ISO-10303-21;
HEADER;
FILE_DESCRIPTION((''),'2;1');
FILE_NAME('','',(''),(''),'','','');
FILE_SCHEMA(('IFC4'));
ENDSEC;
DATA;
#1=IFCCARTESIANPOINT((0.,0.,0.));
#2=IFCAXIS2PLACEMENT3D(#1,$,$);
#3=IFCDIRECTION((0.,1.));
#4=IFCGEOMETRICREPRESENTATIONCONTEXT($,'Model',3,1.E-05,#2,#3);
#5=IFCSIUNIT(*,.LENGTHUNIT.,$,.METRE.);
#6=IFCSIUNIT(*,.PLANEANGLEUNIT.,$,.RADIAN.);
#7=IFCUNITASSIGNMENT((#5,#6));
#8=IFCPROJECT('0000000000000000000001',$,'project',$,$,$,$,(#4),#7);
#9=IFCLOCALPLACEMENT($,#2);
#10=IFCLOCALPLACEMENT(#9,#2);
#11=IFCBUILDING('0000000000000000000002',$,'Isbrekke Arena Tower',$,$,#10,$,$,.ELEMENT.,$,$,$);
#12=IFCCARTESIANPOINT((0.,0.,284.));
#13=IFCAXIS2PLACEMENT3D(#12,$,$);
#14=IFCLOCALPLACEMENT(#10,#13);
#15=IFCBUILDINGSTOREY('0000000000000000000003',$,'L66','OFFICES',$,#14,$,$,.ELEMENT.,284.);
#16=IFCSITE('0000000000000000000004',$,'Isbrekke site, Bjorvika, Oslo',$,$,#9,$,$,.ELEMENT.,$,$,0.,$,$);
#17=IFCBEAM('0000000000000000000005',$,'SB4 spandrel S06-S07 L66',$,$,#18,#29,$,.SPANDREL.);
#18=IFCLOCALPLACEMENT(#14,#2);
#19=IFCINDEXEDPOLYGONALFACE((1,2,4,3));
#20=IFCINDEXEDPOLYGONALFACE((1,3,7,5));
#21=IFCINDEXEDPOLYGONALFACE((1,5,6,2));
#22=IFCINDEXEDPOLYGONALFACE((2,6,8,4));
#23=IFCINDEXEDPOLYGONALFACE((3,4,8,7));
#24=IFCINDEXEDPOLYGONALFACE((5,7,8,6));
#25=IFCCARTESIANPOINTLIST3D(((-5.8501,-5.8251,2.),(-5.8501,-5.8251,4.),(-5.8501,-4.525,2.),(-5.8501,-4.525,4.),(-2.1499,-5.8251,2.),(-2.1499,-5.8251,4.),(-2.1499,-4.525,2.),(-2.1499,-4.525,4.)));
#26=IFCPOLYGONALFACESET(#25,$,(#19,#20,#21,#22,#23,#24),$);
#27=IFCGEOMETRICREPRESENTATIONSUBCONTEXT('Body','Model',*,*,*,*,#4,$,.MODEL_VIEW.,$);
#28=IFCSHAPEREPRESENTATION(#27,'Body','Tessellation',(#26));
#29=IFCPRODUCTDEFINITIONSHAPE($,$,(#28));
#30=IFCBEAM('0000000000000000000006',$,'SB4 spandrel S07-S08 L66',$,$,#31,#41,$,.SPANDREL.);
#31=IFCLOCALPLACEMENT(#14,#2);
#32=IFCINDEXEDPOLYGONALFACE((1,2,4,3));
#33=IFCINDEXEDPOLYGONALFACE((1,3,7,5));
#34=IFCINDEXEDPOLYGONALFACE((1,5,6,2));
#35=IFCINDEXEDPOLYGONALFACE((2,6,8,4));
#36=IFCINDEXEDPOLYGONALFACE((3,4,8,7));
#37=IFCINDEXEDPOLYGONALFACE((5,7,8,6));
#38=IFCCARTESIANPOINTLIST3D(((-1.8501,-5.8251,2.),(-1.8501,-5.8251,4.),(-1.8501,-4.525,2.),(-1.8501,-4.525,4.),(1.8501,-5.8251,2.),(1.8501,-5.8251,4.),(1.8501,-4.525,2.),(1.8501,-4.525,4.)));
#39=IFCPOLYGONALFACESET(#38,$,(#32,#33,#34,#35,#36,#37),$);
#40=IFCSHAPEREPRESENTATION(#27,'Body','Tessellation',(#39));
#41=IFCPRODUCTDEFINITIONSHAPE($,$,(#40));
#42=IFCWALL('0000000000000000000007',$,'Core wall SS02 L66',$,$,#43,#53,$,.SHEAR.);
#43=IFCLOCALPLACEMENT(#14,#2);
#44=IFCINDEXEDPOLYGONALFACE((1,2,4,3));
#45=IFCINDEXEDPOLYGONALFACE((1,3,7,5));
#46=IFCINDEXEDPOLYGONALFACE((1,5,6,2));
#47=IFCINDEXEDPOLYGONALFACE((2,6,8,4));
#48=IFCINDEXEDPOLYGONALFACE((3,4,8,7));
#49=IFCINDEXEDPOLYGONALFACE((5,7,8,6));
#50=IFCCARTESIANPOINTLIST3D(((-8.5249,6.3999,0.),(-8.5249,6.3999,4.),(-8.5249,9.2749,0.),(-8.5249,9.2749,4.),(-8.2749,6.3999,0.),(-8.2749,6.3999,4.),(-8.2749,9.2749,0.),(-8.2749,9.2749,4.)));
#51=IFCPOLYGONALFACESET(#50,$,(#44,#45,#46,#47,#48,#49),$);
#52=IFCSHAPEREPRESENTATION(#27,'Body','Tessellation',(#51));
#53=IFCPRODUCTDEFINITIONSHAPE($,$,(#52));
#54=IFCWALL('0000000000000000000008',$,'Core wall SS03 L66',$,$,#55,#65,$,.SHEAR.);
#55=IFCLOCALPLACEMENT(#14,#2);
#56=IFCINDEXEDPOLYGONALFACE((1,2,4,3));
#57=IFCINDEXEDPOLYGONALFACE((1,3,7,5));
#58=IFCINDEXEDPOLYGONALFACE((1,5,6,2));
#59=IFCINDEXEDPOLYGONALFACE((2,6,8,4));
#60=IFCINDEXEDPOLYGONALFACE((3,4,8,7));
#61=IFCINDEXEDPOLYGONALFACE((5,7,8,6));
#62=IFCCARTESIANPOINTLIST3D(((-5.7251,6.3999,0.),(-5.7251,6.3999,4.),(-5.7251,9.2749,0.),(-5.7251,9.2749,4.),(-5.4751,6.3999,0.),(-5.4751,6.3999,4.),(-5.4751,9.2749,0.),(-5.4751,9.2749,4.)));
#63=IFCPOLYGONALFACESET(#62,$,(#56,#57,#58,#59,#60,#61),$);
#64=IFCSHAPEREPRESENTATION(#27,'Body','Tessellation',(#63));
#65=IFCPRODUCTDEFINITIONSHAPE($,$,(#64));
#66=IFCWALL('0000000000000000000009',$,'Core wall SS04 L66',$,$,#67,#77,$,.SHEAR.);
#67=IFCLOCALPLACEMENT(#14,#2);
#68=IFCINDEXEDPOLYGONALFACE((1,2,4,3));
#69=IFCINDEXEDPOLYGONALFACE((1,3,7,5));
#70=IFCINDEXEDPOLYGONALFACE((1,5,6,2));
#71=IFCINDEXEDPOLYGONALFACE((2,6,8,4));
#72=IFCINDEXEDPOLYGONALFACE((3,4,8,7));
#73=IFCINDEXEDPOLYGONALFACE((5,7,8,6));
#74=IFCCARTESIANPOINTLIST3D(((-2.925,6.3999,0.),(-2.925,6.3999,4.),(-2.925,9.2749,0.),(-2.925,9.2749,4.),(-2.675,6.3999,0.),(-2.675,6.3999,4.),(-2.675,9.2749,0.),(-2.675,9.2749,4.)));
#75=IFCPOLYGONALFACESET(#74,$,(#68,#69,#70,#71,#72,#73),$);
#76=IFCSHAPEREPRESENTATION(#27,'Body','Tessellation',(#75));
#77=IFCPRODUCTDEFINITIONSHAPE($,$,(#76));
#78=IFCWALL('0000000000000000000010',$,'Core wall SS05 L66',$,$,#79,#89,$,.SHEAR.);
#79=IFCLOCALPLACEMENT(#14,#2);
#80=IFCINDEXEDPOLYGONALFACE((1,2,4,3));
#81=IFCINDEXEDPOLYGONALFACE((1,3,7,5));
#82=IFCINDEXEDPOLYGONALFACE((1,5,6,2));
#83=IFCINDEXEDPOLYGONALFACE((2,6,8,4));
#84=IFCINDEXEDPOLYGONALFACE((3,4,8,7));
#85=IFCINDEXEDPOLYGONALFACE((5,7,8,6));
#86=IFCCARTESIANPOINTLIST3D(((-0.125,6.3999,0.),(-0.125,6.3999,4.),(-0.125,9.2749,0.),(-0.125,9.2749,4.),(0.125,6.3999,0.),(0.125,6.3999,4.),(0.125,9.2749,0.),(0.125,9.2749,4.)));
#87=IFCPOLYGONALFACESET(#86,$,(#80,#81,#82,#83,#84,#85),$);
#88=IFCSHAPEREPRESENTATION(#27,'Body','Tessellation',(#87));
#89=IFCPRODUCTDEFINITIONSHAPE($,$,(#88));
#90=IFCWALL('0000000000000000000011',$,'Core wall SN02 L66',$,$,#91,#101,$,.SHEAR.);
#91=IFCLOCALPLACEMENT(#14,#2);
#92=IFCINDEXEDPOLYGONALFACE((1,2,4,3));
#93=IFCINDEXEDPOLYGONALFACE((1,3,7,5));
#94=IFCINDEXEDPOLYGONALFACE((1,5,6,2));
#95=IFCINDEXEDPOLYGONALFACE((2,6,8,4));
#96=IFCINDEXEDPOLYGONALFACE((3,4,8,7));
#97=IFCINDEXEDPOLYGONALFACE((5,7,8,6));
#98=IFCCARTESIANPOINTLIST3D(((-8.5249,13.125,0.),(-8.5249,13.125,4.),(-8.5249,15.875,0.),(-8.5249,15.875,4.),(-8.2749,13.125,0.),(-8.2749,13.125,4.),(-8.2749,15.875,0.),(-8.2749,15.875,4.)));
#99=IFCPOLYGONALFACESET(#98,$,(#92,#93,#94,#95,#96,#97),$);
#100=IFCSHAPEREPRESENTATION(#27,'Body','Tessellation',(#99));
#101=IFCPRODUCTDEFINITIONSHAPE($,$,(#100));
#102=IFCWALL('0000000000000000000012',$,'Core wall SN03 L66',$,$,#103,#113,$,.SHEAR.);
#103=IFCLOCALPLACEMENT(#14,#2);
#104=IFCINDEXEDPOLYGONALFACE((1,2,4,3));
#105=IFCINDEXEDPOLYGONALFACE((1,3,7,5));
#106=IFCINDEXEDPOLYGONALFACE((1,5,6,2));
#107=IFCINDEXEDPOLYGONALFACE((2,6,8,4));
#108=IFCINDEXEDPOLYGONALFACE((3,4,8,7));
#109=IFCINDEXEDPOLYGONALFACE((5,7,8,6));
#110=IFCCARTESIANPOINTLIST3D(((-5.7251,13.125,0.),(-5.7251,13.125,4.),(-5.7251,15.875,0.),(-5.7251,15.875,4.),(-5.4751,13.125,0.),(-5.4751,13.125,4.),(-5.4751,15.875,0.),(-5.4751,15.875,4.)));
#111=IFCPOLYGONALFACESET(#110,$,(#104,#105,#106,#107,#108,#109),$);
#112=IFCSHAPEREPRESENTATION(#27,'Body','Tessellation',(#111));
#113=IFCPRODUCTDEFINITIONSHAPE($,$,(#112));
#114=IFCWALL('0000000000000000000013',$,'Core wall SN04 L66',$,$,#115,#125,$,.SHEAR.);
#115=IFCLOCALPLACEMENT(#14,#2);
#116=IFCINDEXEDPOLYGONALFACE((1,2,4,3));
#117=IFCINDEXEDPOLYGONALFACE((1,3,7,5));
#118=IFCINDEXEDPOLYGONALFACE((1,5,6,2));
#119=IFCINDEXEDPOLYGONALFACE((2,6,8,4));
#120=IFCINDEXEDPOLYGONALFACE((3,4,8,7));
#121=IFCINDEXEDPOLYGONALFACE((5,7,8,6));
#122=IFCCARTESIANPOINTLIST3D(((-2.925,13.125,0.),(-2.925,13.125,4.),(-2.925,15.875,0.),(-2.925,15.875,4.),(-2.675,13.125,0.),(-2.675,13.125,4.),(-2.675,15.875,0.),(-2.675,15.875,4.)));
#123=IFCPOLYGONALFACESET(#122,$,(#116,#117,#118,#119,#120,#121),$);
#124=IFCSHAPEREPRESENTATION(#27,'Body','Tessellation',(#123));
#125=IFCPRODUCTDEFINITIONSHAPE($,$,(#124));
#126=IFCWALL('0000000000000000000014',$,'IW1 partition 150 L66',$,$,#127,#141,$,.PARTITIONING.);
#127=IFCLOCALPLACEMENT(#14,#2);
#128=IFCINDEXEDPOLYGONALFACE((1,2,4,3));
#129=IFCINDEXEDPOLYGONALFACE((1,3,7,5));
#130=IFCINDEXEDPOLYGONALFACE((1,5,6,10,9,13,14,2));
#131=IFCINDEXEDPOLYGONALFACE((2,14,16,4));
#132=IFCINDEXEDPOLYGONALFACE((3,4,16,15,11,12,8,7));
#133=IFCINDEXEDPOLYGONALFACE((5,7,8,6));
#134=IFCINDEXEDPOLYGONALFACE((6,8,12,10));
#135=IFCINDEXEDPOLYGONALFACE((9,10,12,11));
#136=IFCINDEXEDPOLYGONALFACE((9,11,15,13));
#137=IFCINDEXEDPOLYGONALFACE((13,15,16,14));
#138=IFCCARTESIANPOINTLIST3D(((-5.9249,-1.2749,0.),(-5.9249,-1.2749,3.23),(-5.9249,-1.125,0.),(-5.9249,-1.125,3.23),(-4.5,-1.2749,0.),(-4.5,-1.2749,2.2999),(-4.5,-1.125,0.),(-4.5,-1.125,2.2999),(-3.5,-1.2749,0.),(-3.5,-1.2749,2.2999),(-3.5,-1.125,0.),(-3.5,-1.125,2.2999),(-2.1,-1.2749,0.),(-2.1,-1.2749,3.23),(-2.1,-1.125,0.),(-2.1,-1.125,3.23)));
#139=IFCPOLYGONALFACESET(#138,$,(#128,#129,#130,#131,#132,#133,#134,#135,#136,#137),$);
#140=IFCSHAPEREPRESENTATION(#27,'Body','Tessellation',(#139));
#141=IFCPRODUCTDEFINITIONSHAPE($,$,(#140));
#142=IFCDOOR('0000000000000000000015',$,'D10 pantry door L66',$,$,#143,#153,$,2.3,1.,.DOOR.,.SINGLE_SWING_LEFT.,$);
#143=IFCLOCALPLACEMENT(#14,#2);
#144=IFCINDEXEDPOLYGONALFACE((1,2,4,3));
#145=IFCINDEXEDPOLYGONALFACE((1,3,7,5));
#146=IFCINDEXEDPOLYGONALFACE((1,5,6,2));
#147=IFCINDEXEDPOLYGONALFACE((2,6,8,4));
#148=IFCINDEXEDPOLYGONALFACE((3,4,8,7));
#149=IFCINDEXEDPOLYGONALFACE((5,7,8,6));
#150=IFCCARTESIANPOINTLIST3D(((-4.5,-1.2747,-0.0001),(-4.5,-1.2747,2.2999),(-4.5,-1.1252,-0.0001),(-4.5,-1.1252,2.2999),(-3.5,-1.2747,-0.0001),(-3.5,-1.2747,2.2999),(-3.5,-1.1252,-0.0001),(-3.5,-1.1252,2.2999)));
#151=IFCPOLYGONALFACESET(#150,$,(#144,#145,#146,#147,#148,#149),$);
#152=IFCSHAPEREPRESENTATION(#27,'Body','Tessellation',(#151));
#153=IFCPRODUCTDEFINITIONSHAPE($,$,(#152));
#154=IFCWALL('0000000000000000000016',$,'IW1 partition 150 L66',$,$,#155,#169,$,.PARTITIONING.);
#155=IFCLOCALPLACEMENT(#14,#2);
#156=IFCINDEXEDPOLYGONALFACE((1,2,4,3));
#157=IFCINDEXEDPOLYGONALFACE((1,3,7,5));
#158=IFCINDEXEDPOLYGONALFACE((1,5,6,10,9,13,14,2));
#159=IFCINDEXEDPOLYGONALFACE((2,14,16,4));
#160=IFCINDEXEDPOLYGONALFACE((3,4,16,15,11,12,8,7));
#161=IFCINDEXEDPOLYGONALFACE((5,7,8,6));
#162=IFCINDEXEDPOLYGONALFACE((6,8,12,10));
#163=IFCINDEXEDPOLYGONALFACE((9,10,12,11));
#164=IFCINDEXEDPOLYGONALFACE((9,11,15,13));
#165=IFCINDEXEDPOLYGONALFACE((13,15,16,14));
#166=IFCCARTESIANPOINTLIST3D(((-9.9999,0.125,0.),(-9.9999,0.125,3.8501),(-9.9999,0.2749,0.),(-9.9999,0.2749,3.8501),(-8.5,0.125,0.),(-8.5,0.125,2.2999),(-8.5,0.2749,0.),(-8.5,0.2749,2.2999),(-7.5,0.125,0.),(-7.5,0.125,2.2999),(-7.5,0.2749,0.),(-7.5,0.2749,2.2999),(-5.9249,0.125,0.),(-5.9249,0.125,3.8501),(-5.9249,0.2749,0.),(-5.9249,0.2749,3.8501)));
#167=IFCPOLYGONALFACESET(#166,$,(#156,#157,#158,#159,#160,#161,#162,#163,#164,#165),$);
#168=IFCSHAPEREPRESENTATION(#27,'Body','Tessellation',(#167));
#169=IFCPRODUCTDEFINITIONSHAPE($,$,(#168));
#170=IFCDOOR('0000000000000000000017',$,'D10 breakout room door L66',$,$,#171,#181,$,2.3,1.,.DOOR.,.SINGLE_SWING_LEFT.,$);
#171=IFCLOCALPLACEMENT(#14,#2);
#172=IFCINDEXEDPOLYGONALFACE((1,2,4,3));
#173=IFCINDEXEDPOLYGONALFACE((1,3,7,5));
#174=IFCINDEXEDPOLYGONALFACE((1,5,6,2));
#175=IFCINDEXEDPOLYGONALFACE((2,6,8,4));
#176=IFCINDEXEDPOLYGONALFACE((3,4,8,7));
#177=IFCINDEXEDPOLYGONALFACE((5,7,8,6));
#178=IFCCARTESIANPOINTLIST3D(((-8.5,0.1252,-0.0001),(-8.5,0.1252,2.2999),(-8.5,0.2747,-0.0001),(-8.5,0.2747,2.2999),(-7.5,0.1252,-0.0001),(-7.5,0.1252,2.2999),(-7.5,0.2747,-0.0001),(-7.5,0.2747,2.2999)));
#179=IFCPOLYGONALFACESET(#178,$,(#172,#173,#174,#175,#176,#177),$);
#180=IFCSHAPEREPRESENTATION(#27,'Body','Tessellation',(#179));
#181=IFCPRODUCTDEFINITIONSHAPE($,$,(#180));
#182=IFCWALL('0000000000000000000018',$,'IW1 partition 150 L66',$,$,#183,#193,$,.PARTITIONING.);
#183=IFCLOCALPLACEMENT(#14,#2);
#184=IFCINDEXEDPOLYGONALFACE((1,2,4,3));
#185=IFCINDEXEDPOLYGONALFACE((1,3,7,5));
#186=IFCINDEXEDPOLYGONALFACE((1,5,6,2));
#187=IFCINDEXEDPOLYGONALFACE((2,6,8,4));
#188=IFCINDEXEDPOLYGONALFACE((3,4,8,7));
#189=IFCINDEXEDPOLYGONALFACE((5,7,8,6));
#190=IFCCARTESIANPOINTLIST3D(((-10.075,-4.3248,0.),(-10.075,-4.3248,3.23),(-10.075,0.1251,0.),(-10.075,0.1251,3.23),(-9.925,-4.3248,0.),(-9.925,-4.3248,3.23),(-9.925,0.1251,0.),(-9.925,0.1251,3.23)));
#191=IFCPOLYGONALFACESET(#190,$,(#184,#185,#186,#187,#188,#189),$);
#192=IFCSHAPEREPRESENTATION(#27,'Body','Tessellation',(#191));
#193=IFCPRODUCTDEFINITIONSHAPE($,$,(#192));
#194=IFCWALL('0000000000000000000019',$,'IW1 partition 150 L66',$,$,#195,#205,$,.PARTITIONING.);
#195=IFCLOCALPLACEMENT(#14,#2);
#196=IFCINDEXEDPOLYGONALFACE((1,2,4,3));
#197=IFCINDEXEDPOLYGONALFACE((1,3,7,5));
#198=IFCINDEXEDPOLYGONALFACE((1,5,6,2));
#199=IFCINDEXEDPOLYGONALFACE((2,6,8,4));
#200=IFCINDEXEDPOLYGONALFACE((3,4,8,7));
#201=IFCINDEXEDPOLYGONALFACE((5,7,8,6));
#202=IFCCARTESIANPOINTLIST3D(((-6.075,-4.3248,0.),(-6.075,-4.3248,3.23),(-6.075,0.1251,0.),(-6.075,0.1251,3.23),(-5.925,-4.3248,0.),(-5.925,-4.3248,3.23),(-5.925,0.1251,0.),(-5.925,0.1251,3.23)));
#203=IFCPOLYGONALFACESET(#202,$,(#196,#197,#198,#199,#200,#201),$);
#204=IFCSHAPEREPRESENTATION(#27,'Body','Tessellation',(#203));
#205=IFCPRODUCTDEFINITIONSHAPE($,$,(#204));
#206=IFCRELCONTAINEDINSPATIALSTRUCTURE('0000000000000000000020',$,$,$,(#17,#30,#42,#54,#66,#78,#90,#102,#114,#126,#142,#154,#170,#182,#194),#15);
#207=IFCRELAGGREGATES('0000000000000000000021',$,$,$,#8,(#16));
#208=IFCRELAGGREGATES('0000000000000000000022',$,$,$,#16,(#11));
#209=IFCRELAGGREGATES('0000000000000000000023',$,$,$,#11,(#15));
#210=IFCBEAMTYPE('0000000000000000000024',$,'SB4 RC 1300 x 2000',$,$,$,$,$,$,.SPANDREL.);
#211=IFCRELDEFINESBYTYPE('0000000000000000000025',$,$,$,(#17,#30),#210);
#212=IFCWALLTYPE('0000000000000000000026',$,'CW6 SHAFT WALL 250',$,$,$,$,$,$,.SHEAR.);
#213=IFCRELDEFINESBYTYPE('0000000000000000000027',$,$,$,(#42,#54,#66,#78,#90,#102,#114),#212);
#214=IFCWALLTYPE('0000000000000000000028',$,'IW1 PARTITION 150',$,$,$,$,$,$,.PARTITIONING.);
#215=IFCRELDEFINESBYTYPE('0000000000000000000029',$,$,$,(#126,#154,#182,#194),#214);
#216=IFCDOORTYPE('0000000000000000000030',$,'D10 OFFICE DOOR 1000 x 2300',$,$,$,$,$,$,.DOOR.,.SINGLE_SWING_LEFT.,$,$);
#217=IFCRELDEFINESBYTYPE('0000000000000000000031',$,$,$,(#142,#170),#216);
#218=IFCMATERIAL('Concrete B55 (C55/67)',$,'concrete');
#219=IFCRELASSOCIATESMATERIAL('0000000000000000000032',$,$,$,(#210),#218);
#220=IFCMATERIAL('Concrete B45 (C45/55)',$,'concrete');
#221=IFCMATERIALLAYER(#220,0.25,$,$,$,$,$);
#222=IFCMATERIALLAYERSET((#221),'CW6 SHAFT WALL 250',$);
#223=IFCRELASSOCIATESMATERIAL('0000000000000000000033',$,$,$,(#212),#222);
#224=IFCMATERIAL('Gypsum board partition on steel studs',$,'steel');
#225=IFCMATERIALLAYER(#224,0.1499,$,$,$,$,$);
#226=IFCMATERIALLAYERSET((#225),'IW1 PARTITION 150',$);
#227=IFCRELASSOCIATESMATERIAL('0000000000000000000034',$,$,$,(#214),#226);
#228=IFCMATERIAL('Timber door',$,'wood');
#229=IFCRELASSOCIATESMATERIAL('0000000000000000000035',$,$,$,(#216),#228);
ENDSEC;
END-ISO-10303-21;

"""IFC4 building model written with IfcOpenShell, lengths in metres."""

from ifc_helpers import new_model, si_unit, direction, frame, frame_2d, origin, origin_2d, place, context, subcontext, project, spatial, rectangle, extrude, material, layer, layer_set, material_profile, profile_set, type_object, element, fill, save


model = new_model("IFC4")

# Units and contexts
model_context = context("Model", 3, precision=1e-05, world=origin(), true_north=direction((0.0, 1.0)))
body_context = subcontext(model_context, "Body", "Model", "MODEL_VIEW")
ifc_project = project(units=[si_unit("LENGTHUNIT", "METRE"), si_unit("PLANEANGLEUNIT", "RADIAN")], contexts=[model_context])

# Site, building, storey
site_placement = place(None, origin())
site = spatial("IfcSite", under=ifc_project, at=site_placement, Name="Isbrekke site, Bjorvika, Oslo", CompositionType="ELEMENT", RefElevation=0.0)
building_placement = place(site_placement, origin())
building = spatial("IfcBuilding", under=site, at=building_placement, Name="Isbrekke Arena Tower", CompositionType="ELEMENT")
storey_placement = place(building_placement, frame((0.0, 0.0, 284.0)))
storey = spatial("IfcBuildingStorey", under=building, at=storey_placement, Name="L66", Description="OFFICES", CompositionType="ELEMENT", Elevation=284.0)

# Beams
ifc_material_1 = material(Name="Concrete B55 (C55/67)", Category="concrete")
ifc_material_profile_1 = material_profile(ifc_material_1, rectangle(XDim=1.3, YDim=2.0, at=origin_2d()), Name="RC 1300x2000")
ifc_profile_set_1 = profile_set([ifc_material_profile_1], Name="Concrete B55 (C55/67)")
beam_type_1 = type_object("IfcBeamType", Name="SB4 RC 1300 x 2000", PredefinedType="SPANDREL", material=ifc_profile_set_1)
for number, where, z_axis, x_axis, name in (
    (1, (-5.8501, -5.175, 3.0), (1.0, 0.0, 0.0), (0.0, 1.0, 0.0), "SB4 spandrel S06-S07 L66"),
    (2, (-1.8501, -5.175, 3.0), (1.0, 0.0, 0.0), (0.0, 1.0, 0.0), "SB4 spandrel S07-S08 L66"),
):
    element("IfcBeam", number, at=place(storey_placement, frame(where, z_axis=z_axis, x_axis=x_axis)), inside=storey, type_object=beam_type_1, Name=name, PredefinedType="SPANDREL", context=body_context, shape_type="SweptSolid", body=[
        extrude(rectangle(XDim=1.3, YDim=2.0, at=origin_2d()), origin(), (0.0, 0.0, 1.0), 3.7002),
    ])

# Walls
ifc_material_2 = material(Name="Concrete B45 (C45/55)", Category="concrete")
ifc_layer_1 = layer(ifc_material_2, 0.25)
ifc_layer_set_1 = layer_set([ifc_layer_1], Name="CW6 SHAFT WALL 250")
wall_type_1 = type_object("IfcWallType", Name="CW6 SHAFT WALL 250", PredefinedType="SHEAR", material=ifc_layer_set_1)
for number, where, z_axis, x_axis, name in (
    (3, (-8.3999, 6.3999, 0.0), (0.0, 0.0, 1.0), (0.0, 1.0, 0.0), "Core wall SS02 L66"),
    (4, (-5.6001, 6.3999, 0.0), (0.0, 0.0, 1.0), (0.0, 1.0, 0.0), "Core wall SS03 L66"),
    (5, (-2.8, 6.3999, 0.0), (0.0, 0.0, 1.0), (0.0, 1.0, 0.0), "Core wall SS04 L66"),
    (6, (0.0, 6.3999, 0.0), (0.0, 0.0, 1.0), (0.0, 1.0, 0.0), "Core wall SS05 L66"),
):
    element("IfcWall", number, at=place(storey_placement, frame(where, z_axis=z_axis, x_axis=x_axis)), inside=storey, type_object=wall_type_1, Name=name, PredefinedType="SHEAR", context=body_context, shape_type="SweptSolid", body=[
        extrude(rectangle(XDim=2.875, YDim=0.25, at=frame_2d((1.4375, 0.0))), origin(), (0.0, 0.0, 1.0), 4.0),
    ])
for number, where, z_axis, x_axis, name in (
    (7, (-8.3999, 13.125, 0.0), (0.0, 0.0, 1.0), (0.0, 1.0, 0.0), "Core wall SN02 L66"),
    (8, (-5.6001, 13.125, 0.0), (0.0, 0.0, 1.0), (0.0, 1.0, 0.0), "Core wall SN03 L66"),
    (9, (-2.8, 13.125, 0.0), (0.0, 0.0, 1.0), (0.0, 1.0, 0.0), "Core wall SN04 L66"),
):
    element("IfcWall", number, at=place(storey_placement, frame(where, z_axis=z_axis, x_axis=x_axis)), inside=storey, type_object=wall_type_1, Name=name, PredefinedType="SHEAR", context=body_context, shape_type="SweptSolid", body=[
        extrude(rectangle(XDim=2.75, YDim=0.25, at=frame_2d((1.375, 0.0))), origin(), (0.0, 0.0, 1.0), 4.0),
    ])

# Walls, openings, doors
ifc_material_3 = material(Name="Gypsum board partition on steel studs", Category="steel")
ifc_layer_2 = layer(ifc_material_3, 0.1499)
ifc_layer_set_2 = layer_set([ifc_layer_2], Name="IW1 PARTITION 150")
wall_type_2 = type_object("IfcWallType", Name="IW1 PARTITION 150", PredefinedType="PARTITIONING", material=ifc_layer_set_2)
wall_1_placement = place(storey_placement, frame((-5.925, -1.2, 0.0), z_axis=(0.0, 0.0, 1.0), x_axis=(1.0, 0.0, 0.0)))
wall_1 = element("IfcWall", 10, at=wall_1_placement, inside=storey, type_object=wall_type_2, Name="IW1 partition 150 L66", PredefinedType="PARTITIONING", context=body_context, shape_type="SweptSolid", body=[
    extrude(rectangle(XDim=3.825, YDim=0.1499, at=frame_2d((1.9126, 0.0))), origin(), (0.0, 0.0, 1.0), 3.23),
])
opening_1_placement = place(wall_1_placement, frame((1.425, 0.0, 0.0)))
opening_1 = element("IfcOpeningElement", 11, at=opening_1_placement, cuts=wall_1, PredefinedType="OPENING", context=body_context, shape_type="SweptSolid", body=[
    extrude(rectangle(XDim=1.0, YDim=2.3, at=frame_2d((0.5, 1.1499))), frame((0.0, 0.0898, 0.0), z_axis=(0.0, -1.0, 0.0), x_axis=(1.0, 0.0, 0.0)), (0.0, 0.0, 1.0), 0.1797),
])
ifc_material_4 = material(Name="Timber door", Category="wood")
door_type = type_object("IfcDoorType", Name="D10 OFFICE DOOR 1000 x 2300", OperationType="SINGLE_SWING_LEFT", PredefinedType="DOOR", material=ifc_material_4)
door_1_placement = place(opening_1_placement, origin())
door_1 = element("IfcDoor", 12, at=door_1_placement, inside=storey, type_object=door_type, Name="D10 pantry door L66", OperationType="SINGLE_SWING_LEFT", OverallHeight=2.3, OverallWidth=1.0, PredefinedType="DOOR", context=body_context, shape_type="SweptSolid", body=[
    extrude(rectangle(XDim=1.0, YDim=2.3, at=frame_2d((0.5, 1.1499))), frame((0.0, 0.0747, 0.0), z_axis=(0.0, -1.0, 0.0), x_axis=(1.0, 0.0, 0.0)), (0.0, 0.0, 1.0), 0.1494),
])
fill(opening_1, door_1)
wall_2_placement = place(storey_placement, frame((-10.0, 0.2, 0.0), z_axis=(0.0, 0.0, 1.0), x_axis=(1.0, 0.0, 0.0)))
wall_2 = element("IfcWall", 13, at=wall_2_placement, inside=storey, type_object=wall_type_2, Name="IW1 partition 150 L66", PredefinedType="PARTITIONING", context=body_context, shape_type="SweptSolid", body=[
    extrude(rectangle(XDim=4.075, YDim=0.1499, at=frame_2d((2.0376, 0.0))), origin(), (0.0, 0.0, 1.0), 3.8501),
])
opening_2_placement = place(wall_2_placement, frame((1.5, 0.0, 0.0)))
opening_2 = element("IfcOpeningElement", 14, at=opening_2_placement, cuts=wall_2, PredefinedType="OPENING", context=body_context, shape_type="SweptSolid", body=[
    extrude(rectangle(XDim=1.0, YDim=2.3, at=frame_2d((0.5, 1.1499))), frame((0.0, 0.0898, 0.0), z_axis=(0.0, -1.0, 0.0), x_axis=(1.0, 0.0, 0.0)), (0.0, 0.0, 1.0), 0.1797),
])
door_2_placement = place(opening_2_placement, origin())
door_2 = element("IfcDoor", 15, at=door_2_placement, inside=storey, type_object=door_type, Name="D10 breakout room door L66", OperationType="SINGLE_SWING_LEFT", OverallHeight=2.3, OverallWidth=1.0, PredefinedType="DOOR", context=body_context, shape_type="SweptSolid", body=[
    extrude(rectangle(XDim=1.0, YDim=2.3, at=frame_2d((0.5, 1.1499))), frame((0.0, 0.0747, 0.0), z_axis=(0.0, -1.0, 0.0), x_axis=(1.0, 0.0, 0.0)), (0.0, 0.0, 1.0), 0.1494),
])
fill(opening_2, door_2)

# Walls
for number, where, z_axis, x_axis, name in (
    (16, (-10.0, -4.325, 0.0), (0.0, 0.0, 1.0), (0.0, 1.0, 0.0), "IW1 partition 150 L66"),
    (17, (-6.0, -4.325, 0.0), (0.0, 0.0, 1.0), (0.0, 1.0, 0.0), "IW1 partition 150 L66"),
):
    element("IfcWall", number, at=place(storey_placement, frame(where, z_axis=z_axis, x_axis=x_axis)), inside=storey, type_object=wall_type_2, Name=name, PredefinedType="PARTITIONING", context=body_context, shape_type="SweptSolid", body=[
        extrude(rectangle(XDim=4.45, YDim=0.1499, at=frame_2d((2.2251, 0.0))), origin(), (0.0, 0.0, 1.0), 3.23),
    ])

save(model, "model.ifc")
